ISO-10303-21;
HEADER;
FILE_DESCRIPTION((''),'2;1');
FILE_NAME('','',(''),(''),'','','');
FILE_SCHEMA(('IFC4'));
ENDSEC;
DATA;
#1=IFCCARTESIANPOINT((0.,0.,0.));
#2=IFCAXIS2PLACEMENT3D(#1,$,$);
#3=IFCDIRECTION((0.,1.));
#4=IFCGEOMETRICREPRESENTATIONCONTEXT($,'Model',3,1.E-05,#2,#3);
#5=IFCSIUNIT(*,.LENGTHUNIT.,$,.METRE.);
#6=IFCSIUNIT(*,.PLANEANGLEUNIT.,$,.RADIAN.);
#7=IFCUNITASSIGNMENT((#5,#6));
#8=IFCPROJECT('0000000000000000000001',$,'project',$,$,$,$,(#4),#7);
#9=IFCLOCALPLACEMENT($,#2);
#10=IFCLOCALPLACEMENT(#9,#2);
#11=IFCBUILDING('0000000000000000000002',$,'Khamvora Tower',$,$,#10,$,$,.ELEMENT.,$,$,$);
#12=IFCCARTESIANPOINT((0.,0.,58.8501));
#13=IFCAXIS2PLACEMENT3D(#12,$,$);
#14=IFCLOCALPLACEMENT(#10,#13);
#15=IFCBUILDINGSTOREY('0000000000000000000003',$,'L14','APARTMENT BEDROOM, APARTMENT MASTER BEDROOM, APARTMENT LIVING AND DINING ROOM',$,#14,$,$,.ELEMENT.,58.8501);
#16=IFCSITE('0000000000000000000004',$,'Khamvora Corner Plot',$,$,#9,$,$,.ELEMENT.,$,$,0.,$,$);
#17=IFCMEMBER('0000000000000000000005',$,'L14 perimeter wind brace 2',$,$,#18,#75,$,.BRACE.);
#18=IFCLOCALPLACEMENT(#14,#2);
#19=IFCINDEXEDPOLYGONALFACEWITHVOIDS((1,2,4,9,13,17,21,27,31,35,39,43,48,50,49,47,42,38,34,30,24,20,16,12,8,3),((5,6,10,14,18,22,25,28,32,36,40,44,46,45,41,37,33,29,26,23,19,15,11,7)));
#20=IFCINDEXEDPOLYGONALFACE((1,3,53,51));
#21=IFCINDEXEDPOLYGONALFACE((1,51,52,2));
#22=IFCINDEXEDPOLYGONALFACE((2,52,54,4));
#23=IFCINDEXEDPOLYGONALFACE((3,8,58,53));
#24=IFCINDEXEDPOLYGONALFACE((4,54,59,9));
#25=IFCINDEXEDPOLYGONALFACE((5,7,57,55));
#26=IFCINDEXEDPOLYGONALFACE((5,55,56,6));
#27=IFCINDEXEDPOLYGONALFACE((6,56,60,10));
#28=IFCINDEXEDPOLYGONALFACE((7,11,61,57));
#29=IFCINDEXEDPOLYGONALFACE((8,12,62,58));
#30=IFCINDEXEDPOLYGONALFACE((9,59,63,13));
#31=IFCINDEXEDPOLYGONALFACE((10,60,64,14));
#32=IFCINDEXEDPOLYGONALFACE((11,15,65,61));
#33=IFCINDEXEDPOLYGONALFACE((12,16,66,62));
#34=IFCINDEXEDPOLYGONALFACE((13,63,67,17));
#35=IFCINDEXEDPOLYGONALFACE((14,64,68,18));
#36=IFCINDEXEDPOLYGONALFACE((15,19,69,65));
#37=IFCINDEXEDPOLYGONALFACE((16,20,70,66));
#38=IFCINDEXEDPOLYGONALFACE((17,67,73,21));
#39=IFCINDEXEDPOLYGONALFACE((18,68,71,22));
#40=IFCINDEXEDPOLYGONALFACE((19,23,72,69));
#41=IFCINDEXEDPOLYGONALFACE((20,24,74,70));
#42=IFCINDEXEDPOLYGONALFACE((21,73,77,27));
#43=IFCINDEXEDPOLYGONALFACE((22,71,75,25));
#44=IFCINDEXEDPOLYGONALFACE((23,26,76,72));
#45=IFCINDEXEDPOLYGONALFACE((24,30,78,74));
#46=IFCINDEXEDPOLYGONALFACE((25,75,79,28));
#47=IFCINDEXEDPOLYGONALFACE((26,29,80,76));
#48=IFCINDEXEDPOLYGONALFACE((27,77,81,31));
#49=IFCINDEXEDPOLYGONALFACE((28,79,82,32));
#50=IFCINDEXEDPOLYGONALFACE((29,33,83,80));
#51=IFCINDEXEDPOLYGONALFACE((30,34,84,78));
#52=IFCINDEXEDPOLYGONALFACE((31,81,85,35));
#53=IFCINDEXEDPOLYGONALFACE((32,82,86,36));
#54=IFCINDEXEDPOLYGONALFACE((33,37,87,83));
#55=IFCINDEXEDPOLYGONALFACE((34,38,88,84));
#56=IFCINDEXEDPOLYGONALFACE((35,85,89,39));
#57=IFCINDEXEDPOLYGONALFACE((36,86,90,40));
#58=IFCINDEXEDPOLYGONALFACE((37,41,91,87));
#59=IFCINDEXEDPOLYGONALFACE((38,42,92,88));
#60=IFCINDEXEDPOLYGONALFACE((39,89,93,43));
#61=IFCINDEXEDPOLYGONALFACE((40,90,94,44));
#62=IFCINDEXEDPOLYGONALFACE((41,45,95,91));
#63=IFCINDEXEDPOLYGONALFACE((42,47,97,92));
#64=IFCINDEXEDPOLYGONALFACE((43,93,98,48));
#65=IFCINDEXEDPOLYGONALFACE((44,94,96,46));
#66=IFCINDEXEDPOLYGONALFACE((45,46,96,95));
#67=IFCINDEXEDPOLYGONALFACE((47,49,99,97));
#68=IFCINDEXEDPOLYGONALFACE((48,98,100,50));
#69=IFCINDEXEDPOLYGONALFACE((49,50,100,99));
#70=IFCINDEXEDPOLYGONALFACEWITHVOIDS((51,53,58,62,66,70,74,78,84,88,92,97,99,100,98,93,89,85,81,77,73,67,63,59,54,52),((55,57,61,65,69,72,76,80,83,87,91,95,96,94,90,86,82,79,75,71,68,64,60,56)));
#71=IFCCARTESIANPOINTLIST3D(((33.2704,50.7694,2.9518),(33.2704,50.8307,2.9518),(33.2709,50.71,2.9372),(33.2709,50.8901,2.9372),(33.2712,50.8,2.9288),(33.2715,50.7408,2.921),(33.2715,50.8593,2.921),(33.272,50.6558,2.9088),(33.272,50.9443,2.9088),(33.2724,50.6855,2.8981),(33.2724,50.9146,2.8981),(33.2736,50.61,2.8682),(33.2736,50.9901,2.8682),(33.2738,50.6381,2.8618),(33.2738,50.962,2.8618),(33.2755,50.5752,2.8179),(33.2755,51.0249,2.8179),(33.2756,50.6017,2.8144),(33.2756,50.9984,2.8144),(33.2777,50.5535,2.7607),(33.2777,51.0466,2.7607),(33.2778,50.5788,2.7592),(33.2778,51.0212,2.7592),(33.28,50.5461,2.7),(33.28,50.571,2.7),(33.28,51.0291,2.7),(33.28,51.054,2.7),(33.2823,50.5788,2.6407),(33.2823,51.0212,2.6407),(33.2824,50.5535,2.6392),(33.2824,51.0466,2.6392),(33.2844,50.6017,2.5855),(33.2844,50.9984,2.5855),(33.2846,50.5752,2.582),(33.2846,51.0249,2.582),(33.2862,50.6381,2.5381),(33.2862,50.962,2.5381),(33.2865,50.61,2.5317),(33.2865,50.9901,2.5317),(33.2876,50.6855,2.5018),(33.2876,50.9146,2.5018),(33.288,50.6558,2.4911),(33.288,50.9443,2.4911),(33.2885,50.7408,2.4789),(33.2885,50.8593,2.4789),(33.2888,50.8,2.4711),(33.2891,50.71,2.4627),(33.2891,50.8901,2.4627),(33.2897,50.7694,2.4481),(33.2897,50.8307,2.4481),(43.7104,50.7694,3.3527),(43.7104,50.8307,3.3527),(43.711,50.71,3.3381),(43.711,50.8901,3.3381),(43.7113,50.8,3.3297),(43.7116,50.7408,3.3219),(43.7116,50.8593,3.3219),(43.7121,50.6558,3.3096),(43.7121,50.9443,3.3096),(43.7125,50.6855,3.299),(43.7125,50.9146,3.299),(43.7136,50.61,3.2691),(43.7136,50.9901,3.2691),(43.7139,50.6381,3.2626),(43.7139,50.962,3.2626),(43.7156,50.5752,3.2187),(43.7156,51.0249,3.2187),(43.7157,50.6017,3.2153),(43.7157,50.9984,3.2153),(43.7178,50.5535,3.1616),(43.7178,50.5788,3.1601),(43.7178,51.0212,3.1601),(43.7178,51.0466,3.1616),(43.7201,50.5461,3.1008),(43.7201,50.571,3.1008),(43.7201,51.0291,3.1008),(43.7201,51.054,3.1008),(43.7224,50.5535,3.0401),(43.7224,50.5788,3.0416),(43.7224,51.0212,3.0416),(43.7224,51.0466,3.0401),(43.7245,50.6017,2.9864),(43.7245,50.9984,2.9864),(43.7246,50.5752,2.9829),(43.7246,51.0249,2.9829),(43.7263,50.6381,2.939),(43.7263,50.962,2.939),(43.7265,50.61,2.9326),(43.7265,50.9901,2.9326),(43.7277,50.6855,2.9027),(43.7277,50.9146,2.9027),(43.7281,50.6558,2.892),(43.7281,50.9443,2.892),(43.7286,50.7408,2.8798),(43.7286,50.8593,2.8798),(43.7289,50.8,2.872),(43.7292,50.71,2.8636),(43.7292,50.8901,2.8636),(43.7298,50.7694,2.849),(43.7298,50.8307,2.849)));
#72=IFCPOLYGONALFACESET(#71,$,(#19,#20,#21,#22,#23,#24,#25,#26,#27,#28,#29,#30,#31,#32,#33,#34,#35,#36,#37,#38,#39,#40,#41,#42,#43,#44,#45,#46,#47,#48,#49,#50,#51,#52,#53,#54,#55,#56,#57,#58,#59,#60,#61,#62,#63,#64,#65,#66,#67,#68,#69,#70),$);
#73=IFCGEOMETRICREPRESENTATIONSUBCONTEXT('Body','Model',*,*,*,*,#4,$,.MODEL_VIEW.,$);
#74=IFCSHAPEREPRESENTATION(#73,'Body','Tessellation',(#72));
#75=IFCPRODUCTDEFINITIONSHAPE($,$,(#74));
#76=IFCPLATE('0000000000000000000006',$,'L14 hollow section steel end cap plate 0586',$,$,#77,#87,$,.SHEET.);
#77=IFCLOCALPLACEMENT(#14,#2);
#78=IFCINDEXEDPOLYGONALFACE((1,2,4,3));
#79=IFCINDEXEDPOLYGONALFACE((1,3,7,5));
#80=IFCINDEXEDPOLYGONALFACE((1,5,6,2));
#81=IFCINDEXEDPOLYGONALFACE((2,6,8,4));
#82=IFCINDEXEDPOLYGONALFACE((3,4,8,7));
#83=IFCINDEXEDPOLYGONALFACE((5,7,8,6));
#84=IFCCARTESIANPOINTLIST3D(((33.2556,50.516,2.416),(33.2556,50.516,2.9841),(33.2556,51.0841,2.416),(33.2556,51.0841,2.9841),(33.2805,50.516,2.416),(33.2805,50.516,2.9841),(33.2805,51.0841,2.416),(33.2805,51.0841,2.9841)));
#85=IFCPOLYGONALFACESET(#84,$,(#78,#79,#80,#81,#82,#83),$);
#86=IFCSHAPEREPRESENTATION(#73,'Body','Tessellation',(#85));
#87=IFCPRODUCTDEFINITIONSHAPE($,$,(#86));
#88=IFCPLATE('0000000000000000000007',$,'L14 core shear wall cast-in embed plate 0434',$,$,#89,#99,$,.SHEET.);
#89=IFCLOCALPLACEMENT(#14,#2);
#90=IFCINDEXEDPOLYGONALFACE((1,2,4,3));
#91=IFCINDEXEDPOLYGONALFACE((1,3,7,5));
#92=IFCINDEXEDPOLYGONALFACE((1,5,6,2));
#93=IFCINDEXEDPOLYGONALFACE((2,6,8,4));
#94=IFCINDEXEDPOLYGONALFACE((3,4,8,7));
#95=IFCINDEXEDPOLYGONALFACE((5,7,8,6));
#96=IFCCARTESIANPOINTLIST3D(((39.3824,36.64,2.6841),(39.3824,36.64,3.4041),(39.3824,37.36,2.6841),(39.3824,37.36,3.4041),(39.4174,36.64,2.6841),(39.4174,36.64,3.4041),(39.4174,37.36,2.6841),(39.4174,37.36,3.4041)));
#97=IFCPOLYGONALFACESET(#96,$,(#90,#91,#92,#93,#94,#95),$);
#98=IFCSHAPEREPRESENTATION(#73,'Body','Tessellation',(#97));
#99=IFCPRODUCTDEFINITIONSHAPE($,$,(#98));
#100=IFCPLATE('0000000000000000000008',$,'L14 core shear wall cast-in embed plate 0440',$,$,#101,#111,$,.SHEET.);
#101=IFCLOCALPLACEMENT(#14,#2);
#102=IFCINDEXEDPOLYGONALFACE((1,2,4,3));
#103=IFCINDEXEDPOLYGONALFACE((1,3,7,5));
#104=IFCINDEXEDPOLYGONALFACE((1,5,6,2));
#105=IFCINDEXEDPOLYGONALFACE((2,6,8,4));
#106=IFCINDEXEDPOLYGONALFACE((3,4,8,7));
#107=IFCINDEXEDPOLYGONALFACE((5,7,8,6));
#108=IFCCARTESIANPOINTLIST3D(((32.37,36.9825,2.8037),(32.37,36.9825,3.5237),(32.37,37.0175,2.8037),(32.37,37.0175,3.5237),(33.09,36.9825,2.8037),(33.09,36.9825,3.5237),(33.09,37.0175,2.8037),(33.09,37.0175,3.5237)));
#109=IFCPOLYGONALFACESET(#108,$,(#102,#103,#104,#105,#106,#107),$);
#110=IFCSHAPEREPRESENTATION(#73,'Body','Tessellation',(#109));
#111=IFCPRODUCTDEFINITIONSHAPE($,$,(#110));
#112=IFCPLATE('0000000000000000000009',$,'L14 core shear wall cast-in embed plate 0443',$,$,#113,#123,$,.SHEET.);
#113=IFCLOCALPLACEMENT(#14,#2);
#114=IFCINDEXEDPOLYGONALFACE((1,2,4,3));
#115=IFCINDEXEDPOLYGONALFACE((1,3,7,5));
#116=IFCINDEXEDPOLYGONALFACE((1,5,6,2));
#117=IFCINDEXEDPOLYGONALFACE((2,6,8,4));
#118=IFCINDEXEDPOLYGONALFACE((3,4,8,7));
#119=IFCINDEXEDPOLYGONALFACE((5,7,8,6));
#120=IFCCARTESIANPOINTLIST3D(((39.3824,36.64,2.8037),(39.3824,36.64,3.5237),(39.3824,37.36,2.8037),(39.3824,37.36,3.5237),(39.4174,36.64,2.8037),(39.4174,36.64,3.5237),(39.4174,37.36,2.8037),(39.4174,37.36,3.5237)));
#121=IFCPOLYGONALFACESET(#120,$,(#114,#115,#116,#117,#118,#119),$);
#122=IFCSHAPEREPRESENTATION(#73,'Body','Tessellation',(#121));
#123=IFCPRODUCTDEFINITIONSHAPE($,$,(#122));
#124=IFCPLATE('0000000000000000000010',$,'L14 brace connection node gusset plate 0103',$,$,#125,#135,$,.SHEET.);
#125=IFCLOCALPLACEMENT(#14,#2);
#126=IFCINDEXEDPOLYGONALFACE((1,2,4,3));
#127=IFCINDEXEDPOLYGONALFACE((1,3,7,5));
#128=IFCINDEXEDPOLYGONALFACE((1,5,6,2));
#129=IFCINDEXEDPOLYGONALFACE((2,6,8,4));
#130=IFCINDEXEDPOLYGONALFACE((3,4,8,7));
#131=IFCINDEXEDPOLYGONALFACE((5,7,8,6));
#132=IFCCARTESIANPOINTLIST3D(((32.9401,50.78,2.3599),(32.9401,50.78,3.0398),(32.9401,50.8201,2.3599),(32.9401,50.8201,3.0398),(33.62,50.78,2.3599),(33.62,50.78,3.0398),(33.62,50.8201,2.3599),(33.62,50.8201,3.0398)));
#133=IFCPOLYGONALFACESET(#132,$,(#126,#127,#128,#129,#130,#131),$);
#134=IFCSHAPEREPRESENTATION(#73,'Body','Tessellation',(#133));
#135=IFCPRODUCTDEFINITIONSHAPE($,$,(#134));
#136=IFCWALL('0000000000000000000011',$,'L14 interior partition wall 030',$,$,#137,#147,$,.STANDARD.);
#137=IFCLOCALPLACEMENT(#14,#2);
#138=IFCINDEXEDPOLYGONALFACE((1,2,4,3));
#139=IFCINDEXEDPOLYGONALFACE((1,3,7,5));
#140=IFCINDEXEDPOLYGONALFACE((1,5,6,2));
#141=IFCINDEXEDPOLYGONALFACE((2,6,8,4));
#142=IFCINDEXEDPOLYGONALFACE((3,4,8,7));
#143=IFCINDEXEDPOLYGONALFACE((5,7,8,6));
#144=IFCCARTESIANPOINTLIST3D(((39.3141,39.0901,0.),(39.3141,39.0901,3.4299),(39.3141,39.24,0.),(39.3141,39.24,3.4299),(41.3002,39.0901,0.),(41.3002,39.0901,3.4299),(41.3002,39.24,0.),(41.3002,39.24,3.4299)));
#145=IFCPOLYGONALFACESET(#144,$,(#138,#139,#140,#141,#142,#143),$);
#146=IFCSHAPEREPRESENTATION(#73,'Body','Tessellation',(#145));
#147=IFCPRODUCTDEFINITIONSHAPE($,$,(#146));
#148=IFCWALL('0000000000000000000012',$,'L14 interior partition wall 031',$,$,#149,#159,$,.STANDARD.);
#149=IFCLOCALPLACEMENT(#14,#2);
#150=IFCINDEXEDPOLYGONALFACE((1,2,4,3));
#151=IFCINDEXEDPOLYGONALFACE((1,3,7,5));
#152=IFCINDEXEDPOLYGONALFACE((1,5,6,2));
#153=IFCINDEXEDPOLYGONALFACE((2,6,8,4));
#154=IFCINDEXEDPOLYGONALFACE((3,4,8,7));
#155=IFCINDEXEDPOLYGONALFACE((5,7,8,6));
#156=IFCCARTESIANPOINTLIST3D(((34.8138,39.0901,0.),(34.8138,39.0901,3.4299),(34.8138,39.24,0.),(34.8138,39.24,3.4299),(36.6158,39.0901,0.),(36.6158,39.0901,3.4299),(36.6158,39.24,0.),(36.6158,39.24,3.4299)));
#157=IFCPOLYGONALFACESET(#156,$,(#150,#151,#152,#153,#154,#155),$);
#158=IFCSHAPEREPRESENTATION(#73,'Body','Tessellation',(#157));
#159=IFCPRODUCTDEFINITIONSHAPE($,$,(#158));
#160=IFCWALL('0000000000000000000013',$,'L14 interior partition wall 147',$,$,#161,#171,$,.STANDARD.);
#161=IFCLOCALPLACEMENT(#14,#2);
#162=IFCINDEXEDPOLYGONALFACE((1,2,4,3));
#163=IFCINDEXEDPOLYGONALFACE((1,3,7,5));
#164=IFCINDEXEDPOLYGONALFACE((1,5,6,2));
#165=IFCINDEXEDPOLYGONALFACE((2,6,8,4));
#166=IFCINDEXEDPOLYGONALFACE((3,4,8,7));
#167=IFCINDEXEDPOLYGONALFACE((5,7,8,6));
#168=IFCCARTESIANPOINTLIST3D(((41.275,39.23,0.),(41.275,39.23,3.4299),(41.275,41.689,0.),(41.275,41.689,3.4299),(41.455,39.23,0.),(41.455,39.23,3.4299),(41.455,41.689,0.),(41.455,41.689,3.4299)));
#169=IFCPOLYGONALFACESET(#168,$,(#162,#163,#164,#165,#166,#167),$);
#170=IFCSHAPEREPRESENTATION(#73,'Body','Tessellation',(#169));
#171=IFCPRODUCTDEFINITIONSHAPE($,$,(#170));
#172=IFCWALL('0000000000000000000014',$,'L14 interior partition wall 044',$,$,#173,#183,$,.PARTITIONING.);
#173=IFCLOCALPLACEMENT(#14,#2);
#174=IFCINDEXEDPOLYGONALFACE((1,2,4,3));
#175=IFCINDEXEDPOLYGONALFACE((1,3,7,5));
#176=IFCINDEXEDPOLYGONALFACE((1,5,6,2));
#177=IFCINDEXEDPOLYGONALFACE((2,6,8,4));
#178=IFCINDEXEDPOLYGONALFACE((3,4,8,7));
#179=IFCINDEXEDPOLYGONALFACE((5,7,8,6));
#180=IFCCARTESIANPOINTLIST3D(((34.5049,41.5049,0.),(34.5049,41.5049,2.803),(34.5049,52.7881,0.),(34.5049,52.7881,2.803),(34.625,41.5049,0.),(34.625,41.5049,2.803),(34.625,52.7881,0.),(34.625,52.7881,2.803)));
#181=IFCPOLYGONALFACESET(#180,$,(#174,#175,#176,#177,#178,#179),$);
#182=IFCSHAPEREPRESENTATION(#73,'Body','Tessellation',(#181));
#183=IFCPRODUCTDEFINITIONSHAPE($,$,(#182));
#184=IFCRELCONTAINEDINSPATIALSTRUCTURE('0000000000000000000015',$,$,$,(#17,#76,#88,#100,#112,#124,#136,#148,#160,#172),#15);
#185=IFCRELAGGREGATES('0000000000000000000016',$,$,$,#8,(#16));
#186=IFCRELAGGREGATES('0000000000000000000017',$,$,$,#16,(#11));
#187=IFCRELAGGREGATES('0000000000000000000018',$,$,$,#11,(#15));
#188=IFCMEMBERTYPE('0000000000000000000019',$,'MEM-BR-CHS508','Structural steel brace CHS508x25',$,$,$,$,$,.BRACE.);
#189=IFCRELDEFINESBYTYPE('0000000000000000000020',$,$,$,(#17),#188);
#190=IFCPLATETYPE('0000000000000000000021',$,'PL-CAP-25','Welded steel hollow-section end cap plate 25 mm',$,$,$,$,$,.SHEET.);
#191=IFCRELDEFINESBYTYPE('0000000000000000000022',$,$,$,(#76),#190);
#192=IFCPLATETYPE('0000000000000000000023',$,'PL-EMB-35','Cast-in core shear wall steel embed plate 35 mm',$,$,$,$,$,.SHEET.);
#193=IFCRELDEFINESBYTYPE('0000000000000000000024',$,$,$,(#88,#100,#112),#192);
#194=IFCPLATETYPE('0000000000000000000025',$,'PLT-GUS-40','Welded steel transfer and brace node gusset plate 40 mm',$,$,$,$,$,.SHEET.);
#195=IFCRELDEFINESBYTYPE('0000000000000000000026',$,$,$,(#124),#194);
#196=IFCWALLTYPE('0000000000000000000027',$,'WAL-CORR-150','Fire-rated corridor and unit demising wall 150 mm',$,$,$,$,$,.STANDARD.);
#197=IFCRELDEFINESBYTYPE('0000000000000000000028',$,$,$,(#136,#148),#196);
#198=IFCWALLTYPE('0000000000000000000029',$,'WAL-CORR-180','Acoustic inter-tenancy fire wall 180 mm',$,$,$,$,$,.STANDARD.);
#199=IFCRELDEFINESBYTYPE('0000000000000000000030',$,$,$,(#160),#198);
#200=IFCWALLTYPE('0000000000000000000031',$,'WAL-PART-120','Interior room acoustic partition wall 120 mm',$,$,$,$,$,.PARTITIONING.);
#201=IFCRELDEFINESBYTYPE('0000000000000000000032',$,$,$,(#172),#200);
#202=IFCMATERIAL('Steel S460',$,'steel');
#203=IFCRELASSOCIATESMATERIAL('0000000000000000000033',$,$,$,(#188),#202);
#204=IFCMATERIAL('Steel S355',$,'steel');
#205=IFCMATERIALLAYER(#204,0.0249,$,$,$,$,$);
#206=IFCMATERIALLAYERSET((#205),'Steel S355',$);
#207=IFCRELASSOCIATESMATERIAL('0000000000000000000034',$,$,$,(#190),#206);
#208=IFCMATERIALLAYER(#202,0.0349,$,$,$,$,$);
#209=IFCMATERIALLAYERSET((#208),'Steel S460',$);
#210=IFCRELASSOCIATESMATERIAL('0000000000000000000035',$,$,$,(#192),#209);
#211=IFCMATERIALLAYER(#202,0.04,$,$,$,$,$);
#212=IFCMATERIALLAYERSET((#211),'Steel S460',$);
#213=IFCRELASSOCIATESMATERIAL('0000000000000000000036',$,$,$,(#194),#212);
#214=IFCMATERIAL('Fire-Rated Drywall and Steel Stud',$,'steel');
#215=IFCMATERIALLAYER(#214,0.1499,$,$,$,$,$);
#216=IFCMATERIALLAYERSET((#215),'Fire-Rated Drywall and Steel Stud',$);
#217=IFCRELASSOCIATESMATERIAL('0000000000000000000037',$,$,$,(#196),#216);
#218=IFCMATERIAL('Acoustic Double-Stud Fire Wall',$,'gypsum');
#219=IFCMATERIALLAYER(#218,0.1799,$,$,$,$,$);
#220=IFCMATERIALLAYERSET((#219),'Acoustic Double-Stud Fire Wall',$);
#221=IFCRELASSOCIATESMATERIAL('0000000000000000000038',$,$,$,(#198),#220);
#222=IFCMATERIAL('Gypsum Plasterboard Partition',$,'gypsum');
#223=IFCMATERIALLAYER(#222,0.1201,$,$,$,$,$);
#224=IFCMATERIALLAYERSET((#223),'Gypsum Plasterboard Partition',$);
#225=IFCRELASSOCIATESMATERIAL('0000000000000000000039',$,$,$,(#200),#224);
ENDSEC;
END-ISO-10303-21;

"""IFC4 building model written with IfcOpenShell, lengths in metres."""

from ifc_helpers import new_model, si_unit, direction, frame, frame_2d, origin, origin_2d, place, context, subcontext, project, spatial, rectangle, hollow_circle, extrude, material, layer, layer_set, material_profile, profile_set, type_object, element, save


model = new_model("IFC4")

# Units and contexts
model_context = context("Model", 3, precision=1e-05, world=origin(), true_north=direction((0.0, 1.0)))
body_context = subcontext(model_context, "Body", "Model", "MODEL_VIEW")
ifc_project = project(units=[si_unit("LENGTHUNIT", "METRE"), si_unit("PLANEANGLEUNIT", "RADIAN")], contexts=[model_context])

# Site, building, storey
site_placement = place(None, origin())
site = spatial("IfcSite", under=ifc_project, at=site_placement, Name="Khamvora Corner Plot", CompositionType="ELEMENT", RefElevation=0.0)
building_placement = place(site_placement, origin())
building = spatial("IfcBuilding", under=site, at=building_placement, Name="Khamvora Tower", CompositionType="ELEMENT")
storey_placement = place(building_placement, frame((0.0, 0.0, 58.8501)))
storey = spatial("IfcBuildingStorey", under=building, at=storey_placement, Name="L14", Description="APARTMENT BEDROOM, APARTMENT MASTER BEDROOM, APARTMENT LIVING AND DINING ROOM", CompositionType="ELEMENT", Elevation=58.8501)

# Shared definitions
ifc_material_1 = material(Name="Steel S460", Category="steel")

# Shared definitions
ifc_material_2 = material(Name="Steel S355", Category="steel")

# Member
ifc_material_profile_1 = material_profile(ifc_material_1, hollow_circle(Radius=0.2539, WallThickness=0.0249, at=origin_2d()), Name="CHS508x25")
ifc_profile_set_1 = profile_set([ifc_material_profile_1], Name="Steel S460")
member_type = type_object("IfcMemberType", Name="MEM-BR-CHS508", Description="Structural steel brace CHS508x25", PredefinedType="BRACE", material=ifc_profile_set_1)
member_placement = place(storey_placement, frame((33.28, 50.8, 2.7), z_axis=(0.999264, 0.0, 0.03837), x_axis=(0.0, 1.0, 0.0)))
element("IfcMember", 1, at=member_placement, inside=storey, type_object=member_type, Name="L14 perimeter wind brace 2", PredefinedType="BRACE", context=body_context, shape_type="SweptSolid", body=[
    extrude(hollow_circle(Radius=0.2539, WallThickness=0.0249, at=origin_2d()), origin(), (0.0, 0.0, 1.0), 10.4478),
])

# Plates
ifc_layer_1 = layer(ifc_material_2, 0.0249)
ifc_layer_set_1 = layer_set([ifc_layer_1], Name="Steel S355")
plate_type_1 = type_object("IfcPlateType", Name="PL-CAP-25", Description="Welded steel hollow-section end cap plate 25 mm", PredefinedType="SHEET", material=ifc_layer_set_1)
plate_1_placement = place(storey_placement, frame((33.2681, 50.8, 2.416), z_axis=(0.0, 0.0, 1.0), x_axis=(1.0, 0.0, 0.0)))
element("IfcPlate", 2, at=plate_1_placement, inside=storey, type_object=plate_type_1, Name="L14 hollow section steel end cap plate 0586", PredefinedType="SHEET", context=body_context, shape_type="SweptSolid", body=[
    extrude(rectangle(XDim=0.0249, YDim=0.5681, at=origin_2d()), origin(), (0.0, 0.0, 1.0), 0.5681),
])
ifc_layer_2 = layer(ifc_material_1, 0.0349)
ifc_layer_set_2 = layer_set([ifc_layer_2], Name="Steel S460")
plate_type_2 = type_object("IfcPlateType", Name="PL-EMB-35", Description="Cast-in core shear wall steel embed plate 35 mm", PredefinedType="SHEET", material=ifc_layer_set_2)
plate_2_placement = place(storey_placement, frame((39.3999, 37.0, 2.6841), z_axis=(0.0, 0.0, 1.0), x_axis=(1.0, 0.0, 0.0)))
element("IfcPlate", 3, at=plate_2_placement, inside=storey, type_object=plate_type_2, Name="L14 core shear wall cast-in embed plate 0434", PredefinedType="SHEET", context=body_context, shape_type="SweptSolid", body=[
    extrude(rectangle(XDim=0.0349, YDim=0.72, at=origin_2d()), origin(), (0.0, 0.0, 1.0), 0.72),
])
plate_3_placement = place(storey_placement, frame((32.73, 37.0, 2.8037), z_axis=(0.0, 0.0, 1.0), x_axis=(1.0, 0.0, 0.0)))
element("IfcPlate", 4, at=plate_3_placement, inside=storey, type_object=plate_type_2, Name="L14 core shear wall cast-in embed plate 0440", PredefinedType="SHEET", context=body_context, shape_type="SweptSolid", body=[
    extrude(rectangle(XDim=0.72, YDim=0.0349, at=origin_2d()), origin(), (0.0, 0.0, 1.0), 0.72),
])
plate_4_placement = place(storey_placement, frame((39.3999, 37.0, 2.8037), z_axis=(0.0, 0.0, 1.0), x_axis=(1.0, 0.0, 0.0)))
element("IfcPlate", 5, at=plate_4_placement, inside=storey, type_object=plate_type_2, Name="L14 core shear wall cast-in embed plate 0443", PredefinedType="SHEET", context=body_context, shape_type="SweptSolid", body=[
    extrude(rectangle(XDim=0.0349, YDim=0.72, at=origin_2d()), origin(), (0.0, 0.0, 1.0), 0.72),
])
ifc_layer_3 = layer(ifc_material_1, 0.04)
ifc_layer_set_3 = layer_set([ifc_layer_3], Name="Steel S460")
plate_type_3 = type_object("IfcPlateType", Name="PLT-GUS-40", Description="Welded steel transfer and brace node gusset plate 40 mm", PredefinedType="SHEET", material=ifc_layer_set_3)
plate_5_placement = place(storey_placement, frame((33.28, 50.8, 2.3599), z_axis=(0.0, 0.0, 1.0), x_axis=(1.0, 0.0, 0.0)))
element("IfcPlate", 6, at=plate_5_placement, inside=storey, type_object=plate_type_3, Name="L14 brace connection node gusset plate 0103", PredefinedType="SHEET", context=body_context, shape_type="SweptSolid", body=[
    extrude(rectangle(XDim=0.6799, YDim=0.04, at=origin_2d()), origin(), (0.0, 0.0, 1.0), 0.6799),
])

# Shared definitions
ifc_material_3 = material(Name="Fire-Rated Drywall and Steel Stud", Category="steel")
ifc_layer_4 = layer(ifc_material_3, 0.1499)
ifc_layer_set_4 = layer_set([ifc_layer_4], Name="Fire-Rated Drywall and Steel Stud")
wall_type_1 = type_object("IfcWallType", Name="WAL-CORR-150", Description="Fire-rated corridor and unit demising wall 150 mm", PredefinedType="STANDARD", material=ifc_layer_set_4)

# Walls
wall_1_placement = place(storey_placement, frame((39.314, 39.165, 0.0), z_axis=(0.0, 0.0, 1.0), x_axis=(1.0, 0.0, 0.0)))
element("IfcWall", 7, at=wall_1_placement, inside=storey, type_object=wall_type_1, Name="L14 interior partition wall 030", PredefinedType="STANDARD", context=body_context, shape_type="SweptSolid", body=[
    extrude(rectangle(XDim=1.9861, YDim=0.1499, at=frame_2d((0.9932, 0.0))), origin(), (0.0, 0.0, 1.0), 3.4299),
])
wall_2_placement = place(storey_placement, frame((34.814, 39.165, 0.0), z_axis=(0.0, 0.0, 1.0), x_axis=(1.0, 0.0, 0.0)))
element("IfcWall", 8, at=wall_2_placement, inside=storey, type_object=wall_type_1, Name="L14 interior partition wall 031", PredefinedType="STANDARD", context=body_context, shape_type="SweptSolid", body=[
    extrude(rectangle(XDim=1.802, YDim=0.1499, at=frame_2d((0.9009, 0.0))), origin(), (0.0, 0.0, 1.0), 3.4299),
])

# Walls
ifc_material_4 = material(Name="Acoustic Double-Stud Fire Wall", Category="gypsum")
ifc_layer_5 = layer(ifc_material_4, 0.1799)
ifc_layer_set_5 = layer_set([ifc_layer_5], Name="Acoustic Double-Stud Fire Wall")
wall_type_2 = type_object("IfcWallType", Name="WAL-CORR-180", Description="Acoustic inter-tenancy fire wall 180 mm", PredefinedType="STANDARD", material=ifc_layer_set_5)
wall_3_placement = place(storey_placement, frame((41.365, 41.689, 0.0), z_axis=(0.0, 0.0, 1.0), x_axis=(0.0, -1.0, 0.0)))
element("IfcWall", 9, at=wall_3_placement, inside=storey, type_object=wall_type_2, Name="L14 interior partition wall 147", PredefinedType="STANDARD", context=body_context, shape_type="SweptSolid", body=[
    extrude(rectangle(XDim=2.459, YDim=0.1799, at=frame_2d((1.2295, 0.0))), origin(), (0.0, 0.0, 1.0), 3.4299),
])
ifc_material_5 = material(Name="Gypsum Plasterboard Partition", Category="gypsum")
ifc_layer_6 = layer(ifc_material_5, 0.1201)
ifc_layer_set_6 = layer_set([ifc_layer_6], Name="Gypsum Plasterboard Partition")
wall_type_3 = type_object("IfcWallType", Name="WAL-PART-120", Description="Interior room acoustic partition wall 120 mm", PredefinedType="PARTITIONING", material=ifc_layer_set_6)
wall_4_placement = place(storey_placement, frame((34.5649, 52.7881, 0.0), z_axis=(0.0, 0.0, 1.0), x_axis=(0.0, -1.0, 0.0)))
element("IfcWall", 10, at=wall_4_placement, inside=storey, type_object=wall_type_3, Name="L14 interior partition wall 044", PredefinedType="PARTITIONING", context=body_context, shape_type="SweptSolid", body=[
    extrude(rectangle(XDim=11.2832, YDim=0.1201, at=frame_2d((5.6416, 0.0))), origin(), (0.0, 0.0, 1.0), 2.803),
])

save(model, "model.ifc")
